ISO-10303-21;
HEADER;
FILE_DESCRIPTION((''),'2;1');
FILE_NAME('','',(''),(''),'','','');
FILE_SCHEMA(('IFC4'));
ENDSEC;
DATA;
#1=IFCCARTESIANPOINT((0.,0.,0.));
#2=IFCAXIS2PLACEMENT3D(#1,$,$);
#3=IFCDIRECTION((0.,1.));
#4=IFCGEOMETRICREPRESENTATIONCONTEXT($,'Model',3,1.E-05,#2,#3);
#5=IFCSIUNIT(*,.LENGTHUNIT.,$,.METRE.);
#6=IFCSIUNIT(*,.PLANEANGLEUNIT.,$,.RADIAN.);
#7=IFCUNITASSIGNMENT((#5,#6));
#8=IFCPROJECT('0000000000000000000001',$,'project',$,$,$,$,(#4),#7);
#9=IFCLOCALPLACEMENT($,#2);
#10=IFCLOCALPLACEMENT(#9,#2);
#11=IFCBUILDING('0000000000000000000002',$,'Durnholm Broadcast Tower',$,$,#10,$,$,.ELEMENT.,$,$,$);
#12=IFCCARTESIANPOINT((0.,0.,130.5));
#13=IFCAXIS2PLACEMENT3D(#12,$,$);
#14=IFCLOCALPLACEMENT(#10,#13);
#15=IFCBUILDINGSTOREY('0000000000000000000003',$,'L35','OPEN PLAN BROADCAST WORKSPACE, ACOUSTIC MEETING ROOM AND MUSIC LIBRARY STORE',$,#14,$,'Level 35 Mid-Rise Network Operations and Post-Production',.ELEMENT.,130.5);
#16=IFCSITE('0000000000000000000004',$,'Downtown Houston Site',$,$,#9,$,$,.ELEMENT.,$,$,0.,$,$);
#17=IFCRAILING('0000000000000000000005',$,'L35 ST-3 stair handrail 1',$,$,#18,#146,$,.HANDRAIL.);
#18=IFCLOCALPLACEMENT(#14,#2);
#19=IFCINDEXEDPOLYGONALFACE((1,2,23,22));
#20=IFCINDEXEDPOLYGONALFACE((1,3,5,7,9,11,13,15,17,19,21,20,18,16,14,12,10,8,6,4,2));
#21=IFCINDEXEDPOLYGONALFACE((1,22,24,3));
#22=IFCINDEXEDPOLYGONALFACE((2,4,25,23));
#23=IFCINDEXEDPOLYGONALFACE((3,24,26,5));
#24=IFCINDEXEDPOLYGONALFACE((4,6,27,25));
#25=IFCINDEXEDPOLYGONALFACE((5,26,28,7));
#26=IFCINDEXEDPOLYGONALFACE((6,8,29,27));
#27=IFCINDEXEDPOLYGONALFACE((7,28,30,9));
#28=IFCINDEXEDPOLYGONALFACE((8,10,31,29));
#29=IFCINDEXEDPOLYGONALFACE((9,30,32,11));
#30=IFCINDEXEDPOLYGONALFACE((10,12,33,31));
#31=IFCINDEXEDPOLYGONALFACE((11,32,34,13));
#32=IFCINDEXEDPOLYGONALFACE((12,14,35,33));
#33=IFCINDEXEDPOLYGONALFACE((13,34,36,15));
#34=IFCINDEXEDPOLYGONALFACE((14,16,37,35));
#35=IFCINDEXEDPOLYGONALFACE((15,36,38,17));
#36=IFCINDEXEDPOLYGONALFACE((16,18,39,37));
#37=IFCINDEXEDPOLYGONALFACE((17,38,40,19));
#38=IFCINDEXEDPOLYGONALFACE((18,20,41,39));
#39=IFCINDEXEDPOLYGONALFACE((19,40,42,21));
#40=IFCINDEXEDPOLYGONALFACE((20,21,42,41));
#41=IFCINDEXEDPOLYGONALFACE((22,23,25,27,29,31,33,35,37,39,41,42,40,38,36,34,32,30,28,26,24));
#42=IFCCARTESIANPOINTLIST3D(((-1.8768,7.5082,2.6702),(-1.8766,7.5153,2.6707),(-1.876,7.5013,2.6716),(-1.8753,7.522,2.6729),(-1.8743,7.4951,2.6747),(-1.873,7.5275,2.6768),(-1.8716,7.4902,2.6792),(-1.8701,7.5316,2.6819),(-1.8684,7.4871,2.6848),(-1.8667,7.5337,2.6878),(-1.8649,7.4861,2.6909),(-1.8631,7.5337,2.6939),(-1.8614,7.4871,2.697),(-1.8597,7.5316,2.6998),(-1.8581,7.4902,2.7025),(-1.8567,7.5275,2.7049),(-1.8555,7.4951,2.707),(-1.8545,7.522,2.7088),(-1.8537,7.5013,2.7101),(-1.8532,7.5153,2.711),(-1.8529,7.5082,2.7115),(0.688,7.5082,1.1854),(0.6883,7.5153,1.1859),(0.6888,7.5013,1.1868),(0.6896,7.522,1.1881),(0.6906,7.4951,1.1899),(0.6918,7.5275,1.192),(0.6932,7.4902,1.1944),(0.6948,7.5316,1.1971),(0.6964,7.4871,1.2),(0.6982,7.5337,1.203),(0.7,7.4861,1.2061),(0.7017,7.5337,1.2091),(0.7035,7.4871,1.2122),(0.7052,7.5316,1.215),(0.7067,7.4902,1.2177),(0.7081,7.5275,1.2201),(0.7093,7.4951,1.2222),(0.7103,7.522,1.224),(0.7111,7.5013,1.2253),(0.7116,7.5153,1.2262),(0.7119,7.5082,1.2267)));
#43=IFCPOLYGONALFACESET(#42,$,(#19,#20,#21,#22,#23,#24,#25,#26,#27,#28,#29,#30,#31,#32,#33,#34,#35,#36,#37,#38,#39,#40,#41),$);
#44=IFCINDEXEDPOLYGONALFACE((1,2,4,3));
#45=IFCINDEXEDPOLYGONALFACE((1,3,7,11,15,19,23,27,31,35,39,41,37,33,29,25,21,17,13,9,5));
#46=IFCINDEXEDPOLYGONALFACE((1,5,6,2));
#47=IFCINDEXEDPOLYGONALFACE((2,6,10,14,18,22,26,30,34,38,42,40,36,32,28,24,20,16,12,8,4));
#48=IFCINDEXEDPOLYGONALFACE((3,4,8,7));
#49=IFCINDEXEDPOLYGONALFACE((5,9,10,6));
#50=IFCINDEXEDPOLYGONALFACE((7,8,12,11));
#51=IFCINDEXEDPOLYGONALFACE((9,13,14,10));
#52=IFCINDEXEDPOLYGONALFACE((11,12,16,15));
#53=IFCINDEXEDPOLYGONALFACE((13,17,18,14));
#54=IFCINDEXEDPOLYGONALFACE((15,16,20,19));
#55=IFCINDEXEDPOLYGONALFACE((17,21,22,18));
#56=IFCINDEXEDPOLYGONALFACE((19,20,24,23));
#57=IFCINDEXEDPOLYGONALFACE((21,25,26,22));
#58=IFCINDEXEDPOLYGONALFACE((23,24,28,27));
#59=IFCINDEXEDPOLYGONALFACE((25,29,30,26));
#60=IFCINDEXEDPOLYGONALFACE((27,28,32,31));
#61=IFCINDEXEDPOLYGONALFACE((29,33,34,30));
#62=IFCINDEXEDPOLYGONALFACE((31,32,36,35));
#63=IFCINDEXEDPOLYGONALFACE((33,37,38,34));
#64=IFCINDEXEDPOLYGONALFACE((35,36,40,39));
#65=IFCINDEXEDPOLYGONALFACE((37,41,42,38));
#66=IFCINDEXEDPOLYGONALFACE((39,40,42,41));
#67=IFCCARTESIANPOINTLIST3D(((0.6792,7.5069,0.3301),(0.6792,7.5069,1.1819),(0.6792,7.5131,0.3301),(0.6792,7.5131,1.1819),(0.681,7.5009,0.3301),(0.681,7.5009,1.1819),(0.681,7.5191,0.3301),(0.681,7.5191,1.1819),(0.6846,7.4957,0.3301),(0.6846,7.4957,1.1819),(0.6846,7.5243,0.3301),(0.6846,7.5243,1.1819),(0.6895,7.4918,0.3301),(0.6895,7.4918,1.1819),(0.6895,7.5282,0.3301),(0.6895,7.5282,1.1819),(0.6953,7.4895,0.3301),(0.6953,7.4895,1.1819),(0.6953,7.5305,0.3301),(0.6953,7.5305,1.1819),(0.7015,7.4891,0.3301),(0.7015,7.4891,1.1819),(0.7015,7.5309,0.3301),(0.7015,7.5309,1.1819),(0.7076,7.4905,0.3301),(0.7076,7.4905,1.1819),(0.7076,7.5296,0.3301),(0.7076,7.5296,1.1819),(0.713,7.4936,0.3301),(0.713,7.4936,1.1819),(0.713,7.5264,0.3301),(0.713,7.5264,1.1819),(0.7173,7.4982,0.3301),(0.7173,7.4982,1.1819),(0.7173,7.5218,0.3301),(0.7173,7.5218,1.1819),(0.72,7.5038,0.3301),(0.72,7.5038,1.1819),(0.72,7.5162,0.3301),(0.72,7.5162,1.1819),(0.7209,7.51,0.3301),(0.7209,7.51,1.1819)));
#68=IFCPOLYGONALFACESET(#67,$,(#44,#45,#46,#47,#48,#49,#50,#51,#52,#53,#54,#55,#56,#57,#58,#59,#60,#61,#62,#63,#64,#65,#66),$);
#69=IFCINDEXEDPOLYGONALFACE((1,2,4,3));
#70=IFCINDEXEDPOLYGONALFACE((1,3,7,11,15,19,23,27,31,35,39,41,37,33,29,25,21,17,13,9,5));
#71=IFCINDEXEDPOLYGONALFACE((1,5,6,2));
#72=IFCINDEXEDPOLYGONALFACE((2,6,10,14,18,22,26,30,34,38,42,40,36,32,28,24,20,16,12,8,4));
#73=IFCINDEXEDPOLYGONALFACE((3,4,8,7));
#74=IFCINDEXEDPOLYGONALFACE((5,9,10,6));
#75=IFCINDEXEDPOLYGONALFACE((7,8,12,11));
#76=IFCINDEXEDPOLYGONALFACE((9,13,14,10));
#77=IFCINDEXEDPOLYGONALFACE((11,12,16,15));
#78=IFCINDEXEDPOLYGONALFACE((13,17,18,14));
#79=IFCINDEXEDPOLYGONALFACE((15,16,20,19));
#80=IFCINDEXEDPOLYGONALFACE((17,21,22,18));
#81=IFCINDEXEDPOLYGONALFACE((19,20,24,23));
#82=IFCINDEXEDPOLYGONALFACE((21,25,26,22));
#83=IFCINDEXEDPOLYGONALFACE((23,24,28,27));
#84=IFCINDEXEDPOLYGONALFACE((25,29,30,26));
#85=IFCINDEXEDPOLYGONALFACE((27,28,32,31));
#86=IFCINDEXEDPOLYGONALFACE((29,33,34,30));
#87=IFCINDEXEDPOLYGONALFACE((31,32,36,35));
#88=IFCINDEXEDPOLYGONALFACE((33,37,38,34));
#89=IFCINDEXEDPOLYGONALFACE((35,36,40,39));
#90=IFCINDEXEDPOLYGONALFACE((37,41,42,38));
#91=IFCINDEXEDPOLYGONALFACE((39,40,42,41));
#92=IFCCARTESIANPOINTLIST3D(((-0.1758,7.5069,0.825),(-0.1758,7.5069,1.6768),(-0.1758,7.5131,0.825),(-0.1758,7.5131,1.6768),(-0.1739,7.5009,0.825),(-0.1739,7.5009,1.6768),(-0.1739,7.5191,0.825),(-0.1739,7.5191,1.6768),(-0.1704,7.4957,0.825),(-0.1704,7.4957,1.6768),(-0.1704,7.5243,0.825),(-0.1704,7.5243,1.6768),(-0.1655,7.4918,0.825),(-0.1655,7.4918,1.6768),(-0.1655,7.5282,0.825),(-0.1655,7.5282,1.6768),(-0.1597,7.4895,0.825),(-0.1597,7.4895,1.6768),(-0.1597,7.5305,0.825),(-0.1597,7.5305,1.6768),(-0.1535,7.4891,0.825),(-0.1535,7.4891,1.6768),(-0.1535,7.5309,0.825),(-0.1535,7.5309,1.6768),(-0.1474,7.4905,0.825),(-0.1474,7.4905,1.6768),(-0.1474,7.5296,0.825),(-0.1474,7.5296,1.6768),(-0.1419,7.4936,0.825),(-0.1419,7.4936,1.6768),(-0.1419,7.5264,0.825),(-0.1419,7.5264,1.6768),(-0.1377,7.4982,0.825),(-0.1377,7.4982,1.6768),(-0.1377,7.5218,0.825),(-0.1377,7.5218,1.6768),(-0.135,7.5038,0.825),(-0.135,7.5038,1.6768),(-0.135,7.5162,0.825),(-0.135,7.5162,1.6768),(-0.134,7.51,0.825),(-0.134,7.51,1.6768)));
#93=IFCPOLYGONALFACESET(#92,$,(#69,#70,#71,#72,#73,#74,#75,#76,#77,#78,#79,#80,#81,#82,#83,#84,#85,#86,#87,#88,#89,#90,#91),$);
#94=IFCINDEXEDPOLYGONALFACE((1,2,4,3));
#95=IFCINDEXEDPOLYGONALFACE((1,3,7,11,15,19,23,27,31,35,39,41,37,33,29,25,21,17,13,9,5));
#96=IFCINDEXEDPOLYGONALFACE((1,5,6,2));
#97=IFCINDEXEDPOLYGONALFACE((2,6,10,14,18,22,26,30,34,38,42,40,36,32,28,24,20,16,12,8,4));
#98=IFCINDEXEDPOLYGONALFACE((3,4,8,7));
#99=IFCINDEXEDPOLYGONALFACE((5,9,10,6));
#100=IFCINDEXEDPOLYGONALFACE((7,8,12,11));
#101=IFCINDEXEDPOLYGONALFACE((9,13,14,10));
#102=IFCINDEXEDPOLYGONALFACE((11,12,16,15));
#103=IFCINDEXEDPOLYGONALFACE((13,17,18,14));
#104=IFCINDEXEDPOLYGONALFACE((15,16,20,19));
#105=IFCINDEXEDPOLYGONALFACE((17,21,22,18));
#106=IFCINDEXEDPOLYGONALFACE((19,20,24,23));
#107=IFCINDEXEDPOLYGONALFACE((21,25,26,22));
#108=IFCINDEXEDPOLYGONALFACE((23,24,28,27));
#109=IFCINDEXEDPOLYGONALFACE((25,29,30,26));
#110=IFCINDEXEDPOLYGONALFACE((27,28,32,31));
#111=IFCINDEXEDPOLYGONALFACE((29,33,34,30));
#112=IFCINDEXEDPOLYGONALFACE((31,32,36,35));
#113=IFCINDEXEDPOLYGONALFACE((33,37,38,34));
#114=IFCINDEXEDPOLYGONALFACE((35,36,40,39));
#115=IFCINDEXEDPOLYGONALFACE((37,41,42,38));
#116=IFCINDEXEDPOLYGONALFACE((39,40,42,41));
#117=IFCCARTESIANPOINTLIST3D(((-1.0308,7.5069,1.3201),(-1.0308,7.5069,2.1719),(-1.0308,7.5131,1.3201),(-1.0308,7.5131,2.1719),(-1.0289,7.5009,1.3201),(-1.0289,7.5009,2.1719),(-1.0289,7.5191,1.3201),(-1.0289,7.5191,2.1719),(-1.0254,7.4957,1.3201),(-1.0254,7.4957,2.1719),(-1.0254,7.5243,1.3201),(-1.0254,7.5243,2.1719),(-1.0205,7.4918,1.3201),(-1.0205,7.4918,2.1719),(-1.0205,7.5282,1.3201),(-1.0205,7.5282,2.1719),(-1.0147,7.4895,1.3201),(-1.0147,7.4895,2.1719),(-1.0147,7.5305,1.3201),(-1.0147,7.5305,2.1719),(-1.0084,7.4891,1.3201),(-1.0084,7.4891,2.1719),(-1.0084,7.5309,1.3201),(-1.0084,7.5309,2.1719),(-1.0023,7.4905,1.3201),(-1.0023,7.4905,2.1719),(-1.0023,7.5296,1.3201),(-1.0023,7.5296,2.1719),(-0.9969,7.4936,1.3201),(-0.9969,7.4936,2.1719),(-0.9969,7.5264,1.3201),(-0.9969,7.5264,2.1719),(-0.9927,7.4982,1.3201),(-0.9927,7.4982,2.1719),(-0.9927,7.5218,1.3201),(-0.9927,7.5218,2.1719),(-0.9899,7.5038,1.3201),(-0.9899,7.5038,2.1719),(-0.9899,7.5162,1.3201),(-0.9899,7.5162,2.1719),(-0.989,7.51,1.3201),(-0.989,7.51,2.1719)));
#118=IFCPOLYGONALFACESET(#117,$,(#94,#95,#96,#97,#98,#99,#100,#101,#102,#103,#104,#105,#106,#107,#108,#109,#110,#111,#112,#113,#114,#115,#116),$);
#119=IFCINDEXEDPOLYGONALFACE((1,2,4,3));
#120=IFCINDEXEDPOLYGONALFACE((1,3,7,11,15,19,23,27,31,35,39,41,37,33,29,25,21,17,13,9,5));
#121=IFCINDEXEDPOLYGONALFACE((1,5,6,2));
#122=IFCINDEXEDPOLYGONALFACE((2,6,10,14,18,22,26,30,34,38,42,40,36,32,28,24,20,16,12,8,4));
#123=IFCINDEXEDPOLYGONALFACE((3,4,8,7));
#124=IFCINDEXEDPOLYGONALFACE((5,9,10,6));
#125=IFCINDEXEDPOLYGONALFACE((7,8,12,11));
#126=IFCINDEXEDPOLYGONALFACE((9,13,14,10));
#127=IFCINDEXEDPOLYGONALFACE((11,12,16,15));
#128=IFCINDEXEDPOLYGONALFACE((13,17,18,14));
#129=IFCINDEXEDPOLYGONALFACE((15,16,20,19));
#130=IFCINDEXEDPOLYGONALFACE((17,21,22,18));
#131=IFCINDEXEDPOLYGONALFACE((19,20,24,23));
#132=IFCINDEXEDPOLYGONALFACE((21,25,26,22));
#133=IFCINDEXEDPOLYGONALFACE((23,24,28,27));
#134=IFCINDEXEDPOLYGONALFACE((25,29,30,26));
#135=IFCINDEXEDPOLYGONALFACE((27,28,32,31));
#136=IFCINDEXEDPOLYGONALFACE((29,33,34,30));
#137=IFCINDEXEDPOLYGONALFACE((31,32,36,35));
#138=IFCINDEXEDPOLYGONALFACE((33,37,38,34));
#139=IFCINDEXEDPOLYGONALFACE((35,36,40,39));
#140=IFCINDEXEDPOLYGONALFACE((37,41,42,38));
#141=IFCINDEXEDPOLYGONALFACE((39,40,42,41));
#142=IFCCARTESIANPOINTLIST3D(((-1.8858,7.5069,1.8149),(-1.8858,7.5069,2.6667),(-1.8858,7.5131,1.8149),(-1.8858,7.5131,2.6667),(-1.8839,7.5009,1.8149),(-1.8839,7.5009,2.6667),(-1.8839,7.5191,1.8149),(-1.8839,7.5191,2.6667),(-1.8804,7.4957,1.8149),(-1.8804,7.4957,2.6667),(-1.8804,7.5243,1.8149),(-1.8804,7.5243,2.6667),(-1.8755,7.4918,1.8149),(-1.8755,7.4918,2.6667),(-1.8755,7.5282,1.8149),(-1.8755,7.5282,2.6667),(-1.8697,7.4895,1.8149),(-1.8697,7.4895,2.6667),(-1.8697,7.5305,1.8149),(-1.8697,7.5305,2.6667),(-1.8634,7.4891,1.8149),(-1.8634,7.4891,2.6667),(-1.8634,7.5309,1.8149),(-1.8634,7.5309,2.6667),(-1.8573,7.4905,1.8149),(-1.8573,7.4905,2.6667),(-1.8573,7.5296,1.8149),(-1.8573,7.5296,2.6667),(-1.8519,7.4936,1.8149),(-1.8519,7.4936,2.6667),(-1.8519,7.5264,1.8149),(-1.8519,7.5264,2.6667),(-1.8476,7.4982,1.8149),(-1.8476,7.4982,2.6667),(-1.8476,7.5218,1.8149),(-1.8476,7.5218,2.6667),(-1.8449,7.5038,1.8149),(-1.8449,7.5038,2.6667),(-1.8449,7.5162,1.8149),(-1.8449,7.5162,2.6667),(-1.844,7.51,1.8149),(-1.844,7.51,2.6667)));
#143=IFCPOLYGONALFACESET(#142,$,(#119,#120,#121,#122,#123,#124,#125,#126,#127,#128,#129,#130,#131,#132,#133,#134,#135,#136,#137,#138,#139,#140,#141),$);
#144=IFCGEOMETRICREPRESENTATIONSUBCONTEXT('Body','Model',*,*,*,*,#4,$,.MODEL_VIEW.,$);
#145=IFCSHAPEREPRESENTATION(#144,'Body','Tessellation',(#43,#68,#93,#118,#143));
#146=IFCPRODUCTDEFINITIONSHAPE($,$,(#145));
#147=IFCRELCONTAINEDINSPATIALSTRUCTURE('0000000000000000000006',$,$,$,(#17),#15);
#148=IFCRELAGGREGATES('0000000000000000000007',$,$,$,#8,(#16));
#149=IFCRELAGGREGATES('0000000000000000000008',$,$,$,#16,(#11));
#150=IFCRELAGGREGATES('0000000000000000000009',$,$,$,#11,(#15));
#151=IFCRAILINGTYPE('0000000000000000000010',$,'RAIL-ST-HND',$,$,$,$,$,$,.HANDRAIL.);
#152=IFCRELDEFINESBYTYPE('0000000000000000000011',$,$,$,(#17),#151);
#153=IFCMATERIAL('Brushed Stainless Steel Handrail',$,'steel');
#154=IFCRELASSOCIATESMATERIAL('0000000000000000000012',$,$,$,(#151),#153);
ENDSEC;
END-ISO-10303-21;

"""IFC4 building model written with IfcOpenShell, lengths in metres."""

from ifc_helpers import new_model, si_unit, direction, frame, origin, origin_2d, place, context, subcontext, project, spatial, circle, extrude, material, type_object, element, save


model = new_model("IFC4")

# Units and contexts
model_context = context("Model", 3, precision=1e-05, world=origin(), true_north=direction((0.0, 1.0)))
body_context = subcontext(model_context, "Body", "Model", "MODEL_VIEW")
ifc_project = project(units=[si_unit("LENGTHUNIT", "METRE"), si_unit("PLANEANGLEUNIT", "RADIAN")], contexts=[model_context])

# Site, building, storey
site_placement = place(None, origin())
site = spatial("IfcSite", under=ifc_project, at=site_placement, Name="Downtown Houston Site", CompositionType="ELEMENT", RefElevation=0.0)
building_placement = place(site_placement, origin())
building = spatial("IfcBuilding", under=site, at=building_placement, Name="Durnholm Broadcast Tower", CompositionType="ELEMENT")
storey_placement = place(building_placement, frame((0.0, 0.0, 130.5)))
storey = spatial("IfcBuildingStorey", under=building, at=storey_placement, Name="L35", Description="OPEN PLAN BROADCAST WORKSPACE, ACOUSTIC MEETING ROOM AND MUSIC LIBRARY STORE", LongName="Level 35 Mid-Rise Network Operations and Post-Production", CompositionType="ELEMENT", Elevation=130.5)

# Railing
ifc_material_1 = material(Name="Brushed Stainless Steel Handrail", Category="steel")
railing_type_1 = type_object("IfcRailingType", Name="RAIL-ST-HND", PredefinedType="HANDRAIL", material=ifc_material_1)
railing_1_placement = place(storey_placement, frame((0.7, 7.51, 0.3301)))
element("IfcRailing", 1, at=railing_1_placement, inside=storey, type_object=railing_type_1, Name="L35 ST-3 stair handrail 1", PredefinedType="HANDRAIL", context=body_context, shape_type="SweptSolid", body=[
    extrude(circle(Radius=0.0239, at=origin_2d()), frame((0.0, 0.0, 0.876), z_axis=(-0.865441, 0.0, 0.50101), x_axis=(0.0, -1.0, 0.0)), (0.0, 0.0, 1.0), 2.9636),
    extrude(circle(Radius=0.021, at=origin_2d()), origin(), (0.0, 0.0, 1.0), 0.8518),
    extrude(circle(Radius=0.021, at=origin_2d()), frame((-0.855, 0.0, 0.4949)), (0.0, 0.0, 1.0), 0.8518),
    extrude(circle(Radius=0.021, at=origin_2d()), frame((-1.71, 0.0, 0.99)), (0.0, 0.0, 1.0), 0.8518),
    extrude(circle(Radius=0.021, at=origin_2d()), frame((-2.5649, 0.0, 1.4849)), (0.0, 0.0, 1.0), 0.8518),
])

save(model, "model.ifc")
